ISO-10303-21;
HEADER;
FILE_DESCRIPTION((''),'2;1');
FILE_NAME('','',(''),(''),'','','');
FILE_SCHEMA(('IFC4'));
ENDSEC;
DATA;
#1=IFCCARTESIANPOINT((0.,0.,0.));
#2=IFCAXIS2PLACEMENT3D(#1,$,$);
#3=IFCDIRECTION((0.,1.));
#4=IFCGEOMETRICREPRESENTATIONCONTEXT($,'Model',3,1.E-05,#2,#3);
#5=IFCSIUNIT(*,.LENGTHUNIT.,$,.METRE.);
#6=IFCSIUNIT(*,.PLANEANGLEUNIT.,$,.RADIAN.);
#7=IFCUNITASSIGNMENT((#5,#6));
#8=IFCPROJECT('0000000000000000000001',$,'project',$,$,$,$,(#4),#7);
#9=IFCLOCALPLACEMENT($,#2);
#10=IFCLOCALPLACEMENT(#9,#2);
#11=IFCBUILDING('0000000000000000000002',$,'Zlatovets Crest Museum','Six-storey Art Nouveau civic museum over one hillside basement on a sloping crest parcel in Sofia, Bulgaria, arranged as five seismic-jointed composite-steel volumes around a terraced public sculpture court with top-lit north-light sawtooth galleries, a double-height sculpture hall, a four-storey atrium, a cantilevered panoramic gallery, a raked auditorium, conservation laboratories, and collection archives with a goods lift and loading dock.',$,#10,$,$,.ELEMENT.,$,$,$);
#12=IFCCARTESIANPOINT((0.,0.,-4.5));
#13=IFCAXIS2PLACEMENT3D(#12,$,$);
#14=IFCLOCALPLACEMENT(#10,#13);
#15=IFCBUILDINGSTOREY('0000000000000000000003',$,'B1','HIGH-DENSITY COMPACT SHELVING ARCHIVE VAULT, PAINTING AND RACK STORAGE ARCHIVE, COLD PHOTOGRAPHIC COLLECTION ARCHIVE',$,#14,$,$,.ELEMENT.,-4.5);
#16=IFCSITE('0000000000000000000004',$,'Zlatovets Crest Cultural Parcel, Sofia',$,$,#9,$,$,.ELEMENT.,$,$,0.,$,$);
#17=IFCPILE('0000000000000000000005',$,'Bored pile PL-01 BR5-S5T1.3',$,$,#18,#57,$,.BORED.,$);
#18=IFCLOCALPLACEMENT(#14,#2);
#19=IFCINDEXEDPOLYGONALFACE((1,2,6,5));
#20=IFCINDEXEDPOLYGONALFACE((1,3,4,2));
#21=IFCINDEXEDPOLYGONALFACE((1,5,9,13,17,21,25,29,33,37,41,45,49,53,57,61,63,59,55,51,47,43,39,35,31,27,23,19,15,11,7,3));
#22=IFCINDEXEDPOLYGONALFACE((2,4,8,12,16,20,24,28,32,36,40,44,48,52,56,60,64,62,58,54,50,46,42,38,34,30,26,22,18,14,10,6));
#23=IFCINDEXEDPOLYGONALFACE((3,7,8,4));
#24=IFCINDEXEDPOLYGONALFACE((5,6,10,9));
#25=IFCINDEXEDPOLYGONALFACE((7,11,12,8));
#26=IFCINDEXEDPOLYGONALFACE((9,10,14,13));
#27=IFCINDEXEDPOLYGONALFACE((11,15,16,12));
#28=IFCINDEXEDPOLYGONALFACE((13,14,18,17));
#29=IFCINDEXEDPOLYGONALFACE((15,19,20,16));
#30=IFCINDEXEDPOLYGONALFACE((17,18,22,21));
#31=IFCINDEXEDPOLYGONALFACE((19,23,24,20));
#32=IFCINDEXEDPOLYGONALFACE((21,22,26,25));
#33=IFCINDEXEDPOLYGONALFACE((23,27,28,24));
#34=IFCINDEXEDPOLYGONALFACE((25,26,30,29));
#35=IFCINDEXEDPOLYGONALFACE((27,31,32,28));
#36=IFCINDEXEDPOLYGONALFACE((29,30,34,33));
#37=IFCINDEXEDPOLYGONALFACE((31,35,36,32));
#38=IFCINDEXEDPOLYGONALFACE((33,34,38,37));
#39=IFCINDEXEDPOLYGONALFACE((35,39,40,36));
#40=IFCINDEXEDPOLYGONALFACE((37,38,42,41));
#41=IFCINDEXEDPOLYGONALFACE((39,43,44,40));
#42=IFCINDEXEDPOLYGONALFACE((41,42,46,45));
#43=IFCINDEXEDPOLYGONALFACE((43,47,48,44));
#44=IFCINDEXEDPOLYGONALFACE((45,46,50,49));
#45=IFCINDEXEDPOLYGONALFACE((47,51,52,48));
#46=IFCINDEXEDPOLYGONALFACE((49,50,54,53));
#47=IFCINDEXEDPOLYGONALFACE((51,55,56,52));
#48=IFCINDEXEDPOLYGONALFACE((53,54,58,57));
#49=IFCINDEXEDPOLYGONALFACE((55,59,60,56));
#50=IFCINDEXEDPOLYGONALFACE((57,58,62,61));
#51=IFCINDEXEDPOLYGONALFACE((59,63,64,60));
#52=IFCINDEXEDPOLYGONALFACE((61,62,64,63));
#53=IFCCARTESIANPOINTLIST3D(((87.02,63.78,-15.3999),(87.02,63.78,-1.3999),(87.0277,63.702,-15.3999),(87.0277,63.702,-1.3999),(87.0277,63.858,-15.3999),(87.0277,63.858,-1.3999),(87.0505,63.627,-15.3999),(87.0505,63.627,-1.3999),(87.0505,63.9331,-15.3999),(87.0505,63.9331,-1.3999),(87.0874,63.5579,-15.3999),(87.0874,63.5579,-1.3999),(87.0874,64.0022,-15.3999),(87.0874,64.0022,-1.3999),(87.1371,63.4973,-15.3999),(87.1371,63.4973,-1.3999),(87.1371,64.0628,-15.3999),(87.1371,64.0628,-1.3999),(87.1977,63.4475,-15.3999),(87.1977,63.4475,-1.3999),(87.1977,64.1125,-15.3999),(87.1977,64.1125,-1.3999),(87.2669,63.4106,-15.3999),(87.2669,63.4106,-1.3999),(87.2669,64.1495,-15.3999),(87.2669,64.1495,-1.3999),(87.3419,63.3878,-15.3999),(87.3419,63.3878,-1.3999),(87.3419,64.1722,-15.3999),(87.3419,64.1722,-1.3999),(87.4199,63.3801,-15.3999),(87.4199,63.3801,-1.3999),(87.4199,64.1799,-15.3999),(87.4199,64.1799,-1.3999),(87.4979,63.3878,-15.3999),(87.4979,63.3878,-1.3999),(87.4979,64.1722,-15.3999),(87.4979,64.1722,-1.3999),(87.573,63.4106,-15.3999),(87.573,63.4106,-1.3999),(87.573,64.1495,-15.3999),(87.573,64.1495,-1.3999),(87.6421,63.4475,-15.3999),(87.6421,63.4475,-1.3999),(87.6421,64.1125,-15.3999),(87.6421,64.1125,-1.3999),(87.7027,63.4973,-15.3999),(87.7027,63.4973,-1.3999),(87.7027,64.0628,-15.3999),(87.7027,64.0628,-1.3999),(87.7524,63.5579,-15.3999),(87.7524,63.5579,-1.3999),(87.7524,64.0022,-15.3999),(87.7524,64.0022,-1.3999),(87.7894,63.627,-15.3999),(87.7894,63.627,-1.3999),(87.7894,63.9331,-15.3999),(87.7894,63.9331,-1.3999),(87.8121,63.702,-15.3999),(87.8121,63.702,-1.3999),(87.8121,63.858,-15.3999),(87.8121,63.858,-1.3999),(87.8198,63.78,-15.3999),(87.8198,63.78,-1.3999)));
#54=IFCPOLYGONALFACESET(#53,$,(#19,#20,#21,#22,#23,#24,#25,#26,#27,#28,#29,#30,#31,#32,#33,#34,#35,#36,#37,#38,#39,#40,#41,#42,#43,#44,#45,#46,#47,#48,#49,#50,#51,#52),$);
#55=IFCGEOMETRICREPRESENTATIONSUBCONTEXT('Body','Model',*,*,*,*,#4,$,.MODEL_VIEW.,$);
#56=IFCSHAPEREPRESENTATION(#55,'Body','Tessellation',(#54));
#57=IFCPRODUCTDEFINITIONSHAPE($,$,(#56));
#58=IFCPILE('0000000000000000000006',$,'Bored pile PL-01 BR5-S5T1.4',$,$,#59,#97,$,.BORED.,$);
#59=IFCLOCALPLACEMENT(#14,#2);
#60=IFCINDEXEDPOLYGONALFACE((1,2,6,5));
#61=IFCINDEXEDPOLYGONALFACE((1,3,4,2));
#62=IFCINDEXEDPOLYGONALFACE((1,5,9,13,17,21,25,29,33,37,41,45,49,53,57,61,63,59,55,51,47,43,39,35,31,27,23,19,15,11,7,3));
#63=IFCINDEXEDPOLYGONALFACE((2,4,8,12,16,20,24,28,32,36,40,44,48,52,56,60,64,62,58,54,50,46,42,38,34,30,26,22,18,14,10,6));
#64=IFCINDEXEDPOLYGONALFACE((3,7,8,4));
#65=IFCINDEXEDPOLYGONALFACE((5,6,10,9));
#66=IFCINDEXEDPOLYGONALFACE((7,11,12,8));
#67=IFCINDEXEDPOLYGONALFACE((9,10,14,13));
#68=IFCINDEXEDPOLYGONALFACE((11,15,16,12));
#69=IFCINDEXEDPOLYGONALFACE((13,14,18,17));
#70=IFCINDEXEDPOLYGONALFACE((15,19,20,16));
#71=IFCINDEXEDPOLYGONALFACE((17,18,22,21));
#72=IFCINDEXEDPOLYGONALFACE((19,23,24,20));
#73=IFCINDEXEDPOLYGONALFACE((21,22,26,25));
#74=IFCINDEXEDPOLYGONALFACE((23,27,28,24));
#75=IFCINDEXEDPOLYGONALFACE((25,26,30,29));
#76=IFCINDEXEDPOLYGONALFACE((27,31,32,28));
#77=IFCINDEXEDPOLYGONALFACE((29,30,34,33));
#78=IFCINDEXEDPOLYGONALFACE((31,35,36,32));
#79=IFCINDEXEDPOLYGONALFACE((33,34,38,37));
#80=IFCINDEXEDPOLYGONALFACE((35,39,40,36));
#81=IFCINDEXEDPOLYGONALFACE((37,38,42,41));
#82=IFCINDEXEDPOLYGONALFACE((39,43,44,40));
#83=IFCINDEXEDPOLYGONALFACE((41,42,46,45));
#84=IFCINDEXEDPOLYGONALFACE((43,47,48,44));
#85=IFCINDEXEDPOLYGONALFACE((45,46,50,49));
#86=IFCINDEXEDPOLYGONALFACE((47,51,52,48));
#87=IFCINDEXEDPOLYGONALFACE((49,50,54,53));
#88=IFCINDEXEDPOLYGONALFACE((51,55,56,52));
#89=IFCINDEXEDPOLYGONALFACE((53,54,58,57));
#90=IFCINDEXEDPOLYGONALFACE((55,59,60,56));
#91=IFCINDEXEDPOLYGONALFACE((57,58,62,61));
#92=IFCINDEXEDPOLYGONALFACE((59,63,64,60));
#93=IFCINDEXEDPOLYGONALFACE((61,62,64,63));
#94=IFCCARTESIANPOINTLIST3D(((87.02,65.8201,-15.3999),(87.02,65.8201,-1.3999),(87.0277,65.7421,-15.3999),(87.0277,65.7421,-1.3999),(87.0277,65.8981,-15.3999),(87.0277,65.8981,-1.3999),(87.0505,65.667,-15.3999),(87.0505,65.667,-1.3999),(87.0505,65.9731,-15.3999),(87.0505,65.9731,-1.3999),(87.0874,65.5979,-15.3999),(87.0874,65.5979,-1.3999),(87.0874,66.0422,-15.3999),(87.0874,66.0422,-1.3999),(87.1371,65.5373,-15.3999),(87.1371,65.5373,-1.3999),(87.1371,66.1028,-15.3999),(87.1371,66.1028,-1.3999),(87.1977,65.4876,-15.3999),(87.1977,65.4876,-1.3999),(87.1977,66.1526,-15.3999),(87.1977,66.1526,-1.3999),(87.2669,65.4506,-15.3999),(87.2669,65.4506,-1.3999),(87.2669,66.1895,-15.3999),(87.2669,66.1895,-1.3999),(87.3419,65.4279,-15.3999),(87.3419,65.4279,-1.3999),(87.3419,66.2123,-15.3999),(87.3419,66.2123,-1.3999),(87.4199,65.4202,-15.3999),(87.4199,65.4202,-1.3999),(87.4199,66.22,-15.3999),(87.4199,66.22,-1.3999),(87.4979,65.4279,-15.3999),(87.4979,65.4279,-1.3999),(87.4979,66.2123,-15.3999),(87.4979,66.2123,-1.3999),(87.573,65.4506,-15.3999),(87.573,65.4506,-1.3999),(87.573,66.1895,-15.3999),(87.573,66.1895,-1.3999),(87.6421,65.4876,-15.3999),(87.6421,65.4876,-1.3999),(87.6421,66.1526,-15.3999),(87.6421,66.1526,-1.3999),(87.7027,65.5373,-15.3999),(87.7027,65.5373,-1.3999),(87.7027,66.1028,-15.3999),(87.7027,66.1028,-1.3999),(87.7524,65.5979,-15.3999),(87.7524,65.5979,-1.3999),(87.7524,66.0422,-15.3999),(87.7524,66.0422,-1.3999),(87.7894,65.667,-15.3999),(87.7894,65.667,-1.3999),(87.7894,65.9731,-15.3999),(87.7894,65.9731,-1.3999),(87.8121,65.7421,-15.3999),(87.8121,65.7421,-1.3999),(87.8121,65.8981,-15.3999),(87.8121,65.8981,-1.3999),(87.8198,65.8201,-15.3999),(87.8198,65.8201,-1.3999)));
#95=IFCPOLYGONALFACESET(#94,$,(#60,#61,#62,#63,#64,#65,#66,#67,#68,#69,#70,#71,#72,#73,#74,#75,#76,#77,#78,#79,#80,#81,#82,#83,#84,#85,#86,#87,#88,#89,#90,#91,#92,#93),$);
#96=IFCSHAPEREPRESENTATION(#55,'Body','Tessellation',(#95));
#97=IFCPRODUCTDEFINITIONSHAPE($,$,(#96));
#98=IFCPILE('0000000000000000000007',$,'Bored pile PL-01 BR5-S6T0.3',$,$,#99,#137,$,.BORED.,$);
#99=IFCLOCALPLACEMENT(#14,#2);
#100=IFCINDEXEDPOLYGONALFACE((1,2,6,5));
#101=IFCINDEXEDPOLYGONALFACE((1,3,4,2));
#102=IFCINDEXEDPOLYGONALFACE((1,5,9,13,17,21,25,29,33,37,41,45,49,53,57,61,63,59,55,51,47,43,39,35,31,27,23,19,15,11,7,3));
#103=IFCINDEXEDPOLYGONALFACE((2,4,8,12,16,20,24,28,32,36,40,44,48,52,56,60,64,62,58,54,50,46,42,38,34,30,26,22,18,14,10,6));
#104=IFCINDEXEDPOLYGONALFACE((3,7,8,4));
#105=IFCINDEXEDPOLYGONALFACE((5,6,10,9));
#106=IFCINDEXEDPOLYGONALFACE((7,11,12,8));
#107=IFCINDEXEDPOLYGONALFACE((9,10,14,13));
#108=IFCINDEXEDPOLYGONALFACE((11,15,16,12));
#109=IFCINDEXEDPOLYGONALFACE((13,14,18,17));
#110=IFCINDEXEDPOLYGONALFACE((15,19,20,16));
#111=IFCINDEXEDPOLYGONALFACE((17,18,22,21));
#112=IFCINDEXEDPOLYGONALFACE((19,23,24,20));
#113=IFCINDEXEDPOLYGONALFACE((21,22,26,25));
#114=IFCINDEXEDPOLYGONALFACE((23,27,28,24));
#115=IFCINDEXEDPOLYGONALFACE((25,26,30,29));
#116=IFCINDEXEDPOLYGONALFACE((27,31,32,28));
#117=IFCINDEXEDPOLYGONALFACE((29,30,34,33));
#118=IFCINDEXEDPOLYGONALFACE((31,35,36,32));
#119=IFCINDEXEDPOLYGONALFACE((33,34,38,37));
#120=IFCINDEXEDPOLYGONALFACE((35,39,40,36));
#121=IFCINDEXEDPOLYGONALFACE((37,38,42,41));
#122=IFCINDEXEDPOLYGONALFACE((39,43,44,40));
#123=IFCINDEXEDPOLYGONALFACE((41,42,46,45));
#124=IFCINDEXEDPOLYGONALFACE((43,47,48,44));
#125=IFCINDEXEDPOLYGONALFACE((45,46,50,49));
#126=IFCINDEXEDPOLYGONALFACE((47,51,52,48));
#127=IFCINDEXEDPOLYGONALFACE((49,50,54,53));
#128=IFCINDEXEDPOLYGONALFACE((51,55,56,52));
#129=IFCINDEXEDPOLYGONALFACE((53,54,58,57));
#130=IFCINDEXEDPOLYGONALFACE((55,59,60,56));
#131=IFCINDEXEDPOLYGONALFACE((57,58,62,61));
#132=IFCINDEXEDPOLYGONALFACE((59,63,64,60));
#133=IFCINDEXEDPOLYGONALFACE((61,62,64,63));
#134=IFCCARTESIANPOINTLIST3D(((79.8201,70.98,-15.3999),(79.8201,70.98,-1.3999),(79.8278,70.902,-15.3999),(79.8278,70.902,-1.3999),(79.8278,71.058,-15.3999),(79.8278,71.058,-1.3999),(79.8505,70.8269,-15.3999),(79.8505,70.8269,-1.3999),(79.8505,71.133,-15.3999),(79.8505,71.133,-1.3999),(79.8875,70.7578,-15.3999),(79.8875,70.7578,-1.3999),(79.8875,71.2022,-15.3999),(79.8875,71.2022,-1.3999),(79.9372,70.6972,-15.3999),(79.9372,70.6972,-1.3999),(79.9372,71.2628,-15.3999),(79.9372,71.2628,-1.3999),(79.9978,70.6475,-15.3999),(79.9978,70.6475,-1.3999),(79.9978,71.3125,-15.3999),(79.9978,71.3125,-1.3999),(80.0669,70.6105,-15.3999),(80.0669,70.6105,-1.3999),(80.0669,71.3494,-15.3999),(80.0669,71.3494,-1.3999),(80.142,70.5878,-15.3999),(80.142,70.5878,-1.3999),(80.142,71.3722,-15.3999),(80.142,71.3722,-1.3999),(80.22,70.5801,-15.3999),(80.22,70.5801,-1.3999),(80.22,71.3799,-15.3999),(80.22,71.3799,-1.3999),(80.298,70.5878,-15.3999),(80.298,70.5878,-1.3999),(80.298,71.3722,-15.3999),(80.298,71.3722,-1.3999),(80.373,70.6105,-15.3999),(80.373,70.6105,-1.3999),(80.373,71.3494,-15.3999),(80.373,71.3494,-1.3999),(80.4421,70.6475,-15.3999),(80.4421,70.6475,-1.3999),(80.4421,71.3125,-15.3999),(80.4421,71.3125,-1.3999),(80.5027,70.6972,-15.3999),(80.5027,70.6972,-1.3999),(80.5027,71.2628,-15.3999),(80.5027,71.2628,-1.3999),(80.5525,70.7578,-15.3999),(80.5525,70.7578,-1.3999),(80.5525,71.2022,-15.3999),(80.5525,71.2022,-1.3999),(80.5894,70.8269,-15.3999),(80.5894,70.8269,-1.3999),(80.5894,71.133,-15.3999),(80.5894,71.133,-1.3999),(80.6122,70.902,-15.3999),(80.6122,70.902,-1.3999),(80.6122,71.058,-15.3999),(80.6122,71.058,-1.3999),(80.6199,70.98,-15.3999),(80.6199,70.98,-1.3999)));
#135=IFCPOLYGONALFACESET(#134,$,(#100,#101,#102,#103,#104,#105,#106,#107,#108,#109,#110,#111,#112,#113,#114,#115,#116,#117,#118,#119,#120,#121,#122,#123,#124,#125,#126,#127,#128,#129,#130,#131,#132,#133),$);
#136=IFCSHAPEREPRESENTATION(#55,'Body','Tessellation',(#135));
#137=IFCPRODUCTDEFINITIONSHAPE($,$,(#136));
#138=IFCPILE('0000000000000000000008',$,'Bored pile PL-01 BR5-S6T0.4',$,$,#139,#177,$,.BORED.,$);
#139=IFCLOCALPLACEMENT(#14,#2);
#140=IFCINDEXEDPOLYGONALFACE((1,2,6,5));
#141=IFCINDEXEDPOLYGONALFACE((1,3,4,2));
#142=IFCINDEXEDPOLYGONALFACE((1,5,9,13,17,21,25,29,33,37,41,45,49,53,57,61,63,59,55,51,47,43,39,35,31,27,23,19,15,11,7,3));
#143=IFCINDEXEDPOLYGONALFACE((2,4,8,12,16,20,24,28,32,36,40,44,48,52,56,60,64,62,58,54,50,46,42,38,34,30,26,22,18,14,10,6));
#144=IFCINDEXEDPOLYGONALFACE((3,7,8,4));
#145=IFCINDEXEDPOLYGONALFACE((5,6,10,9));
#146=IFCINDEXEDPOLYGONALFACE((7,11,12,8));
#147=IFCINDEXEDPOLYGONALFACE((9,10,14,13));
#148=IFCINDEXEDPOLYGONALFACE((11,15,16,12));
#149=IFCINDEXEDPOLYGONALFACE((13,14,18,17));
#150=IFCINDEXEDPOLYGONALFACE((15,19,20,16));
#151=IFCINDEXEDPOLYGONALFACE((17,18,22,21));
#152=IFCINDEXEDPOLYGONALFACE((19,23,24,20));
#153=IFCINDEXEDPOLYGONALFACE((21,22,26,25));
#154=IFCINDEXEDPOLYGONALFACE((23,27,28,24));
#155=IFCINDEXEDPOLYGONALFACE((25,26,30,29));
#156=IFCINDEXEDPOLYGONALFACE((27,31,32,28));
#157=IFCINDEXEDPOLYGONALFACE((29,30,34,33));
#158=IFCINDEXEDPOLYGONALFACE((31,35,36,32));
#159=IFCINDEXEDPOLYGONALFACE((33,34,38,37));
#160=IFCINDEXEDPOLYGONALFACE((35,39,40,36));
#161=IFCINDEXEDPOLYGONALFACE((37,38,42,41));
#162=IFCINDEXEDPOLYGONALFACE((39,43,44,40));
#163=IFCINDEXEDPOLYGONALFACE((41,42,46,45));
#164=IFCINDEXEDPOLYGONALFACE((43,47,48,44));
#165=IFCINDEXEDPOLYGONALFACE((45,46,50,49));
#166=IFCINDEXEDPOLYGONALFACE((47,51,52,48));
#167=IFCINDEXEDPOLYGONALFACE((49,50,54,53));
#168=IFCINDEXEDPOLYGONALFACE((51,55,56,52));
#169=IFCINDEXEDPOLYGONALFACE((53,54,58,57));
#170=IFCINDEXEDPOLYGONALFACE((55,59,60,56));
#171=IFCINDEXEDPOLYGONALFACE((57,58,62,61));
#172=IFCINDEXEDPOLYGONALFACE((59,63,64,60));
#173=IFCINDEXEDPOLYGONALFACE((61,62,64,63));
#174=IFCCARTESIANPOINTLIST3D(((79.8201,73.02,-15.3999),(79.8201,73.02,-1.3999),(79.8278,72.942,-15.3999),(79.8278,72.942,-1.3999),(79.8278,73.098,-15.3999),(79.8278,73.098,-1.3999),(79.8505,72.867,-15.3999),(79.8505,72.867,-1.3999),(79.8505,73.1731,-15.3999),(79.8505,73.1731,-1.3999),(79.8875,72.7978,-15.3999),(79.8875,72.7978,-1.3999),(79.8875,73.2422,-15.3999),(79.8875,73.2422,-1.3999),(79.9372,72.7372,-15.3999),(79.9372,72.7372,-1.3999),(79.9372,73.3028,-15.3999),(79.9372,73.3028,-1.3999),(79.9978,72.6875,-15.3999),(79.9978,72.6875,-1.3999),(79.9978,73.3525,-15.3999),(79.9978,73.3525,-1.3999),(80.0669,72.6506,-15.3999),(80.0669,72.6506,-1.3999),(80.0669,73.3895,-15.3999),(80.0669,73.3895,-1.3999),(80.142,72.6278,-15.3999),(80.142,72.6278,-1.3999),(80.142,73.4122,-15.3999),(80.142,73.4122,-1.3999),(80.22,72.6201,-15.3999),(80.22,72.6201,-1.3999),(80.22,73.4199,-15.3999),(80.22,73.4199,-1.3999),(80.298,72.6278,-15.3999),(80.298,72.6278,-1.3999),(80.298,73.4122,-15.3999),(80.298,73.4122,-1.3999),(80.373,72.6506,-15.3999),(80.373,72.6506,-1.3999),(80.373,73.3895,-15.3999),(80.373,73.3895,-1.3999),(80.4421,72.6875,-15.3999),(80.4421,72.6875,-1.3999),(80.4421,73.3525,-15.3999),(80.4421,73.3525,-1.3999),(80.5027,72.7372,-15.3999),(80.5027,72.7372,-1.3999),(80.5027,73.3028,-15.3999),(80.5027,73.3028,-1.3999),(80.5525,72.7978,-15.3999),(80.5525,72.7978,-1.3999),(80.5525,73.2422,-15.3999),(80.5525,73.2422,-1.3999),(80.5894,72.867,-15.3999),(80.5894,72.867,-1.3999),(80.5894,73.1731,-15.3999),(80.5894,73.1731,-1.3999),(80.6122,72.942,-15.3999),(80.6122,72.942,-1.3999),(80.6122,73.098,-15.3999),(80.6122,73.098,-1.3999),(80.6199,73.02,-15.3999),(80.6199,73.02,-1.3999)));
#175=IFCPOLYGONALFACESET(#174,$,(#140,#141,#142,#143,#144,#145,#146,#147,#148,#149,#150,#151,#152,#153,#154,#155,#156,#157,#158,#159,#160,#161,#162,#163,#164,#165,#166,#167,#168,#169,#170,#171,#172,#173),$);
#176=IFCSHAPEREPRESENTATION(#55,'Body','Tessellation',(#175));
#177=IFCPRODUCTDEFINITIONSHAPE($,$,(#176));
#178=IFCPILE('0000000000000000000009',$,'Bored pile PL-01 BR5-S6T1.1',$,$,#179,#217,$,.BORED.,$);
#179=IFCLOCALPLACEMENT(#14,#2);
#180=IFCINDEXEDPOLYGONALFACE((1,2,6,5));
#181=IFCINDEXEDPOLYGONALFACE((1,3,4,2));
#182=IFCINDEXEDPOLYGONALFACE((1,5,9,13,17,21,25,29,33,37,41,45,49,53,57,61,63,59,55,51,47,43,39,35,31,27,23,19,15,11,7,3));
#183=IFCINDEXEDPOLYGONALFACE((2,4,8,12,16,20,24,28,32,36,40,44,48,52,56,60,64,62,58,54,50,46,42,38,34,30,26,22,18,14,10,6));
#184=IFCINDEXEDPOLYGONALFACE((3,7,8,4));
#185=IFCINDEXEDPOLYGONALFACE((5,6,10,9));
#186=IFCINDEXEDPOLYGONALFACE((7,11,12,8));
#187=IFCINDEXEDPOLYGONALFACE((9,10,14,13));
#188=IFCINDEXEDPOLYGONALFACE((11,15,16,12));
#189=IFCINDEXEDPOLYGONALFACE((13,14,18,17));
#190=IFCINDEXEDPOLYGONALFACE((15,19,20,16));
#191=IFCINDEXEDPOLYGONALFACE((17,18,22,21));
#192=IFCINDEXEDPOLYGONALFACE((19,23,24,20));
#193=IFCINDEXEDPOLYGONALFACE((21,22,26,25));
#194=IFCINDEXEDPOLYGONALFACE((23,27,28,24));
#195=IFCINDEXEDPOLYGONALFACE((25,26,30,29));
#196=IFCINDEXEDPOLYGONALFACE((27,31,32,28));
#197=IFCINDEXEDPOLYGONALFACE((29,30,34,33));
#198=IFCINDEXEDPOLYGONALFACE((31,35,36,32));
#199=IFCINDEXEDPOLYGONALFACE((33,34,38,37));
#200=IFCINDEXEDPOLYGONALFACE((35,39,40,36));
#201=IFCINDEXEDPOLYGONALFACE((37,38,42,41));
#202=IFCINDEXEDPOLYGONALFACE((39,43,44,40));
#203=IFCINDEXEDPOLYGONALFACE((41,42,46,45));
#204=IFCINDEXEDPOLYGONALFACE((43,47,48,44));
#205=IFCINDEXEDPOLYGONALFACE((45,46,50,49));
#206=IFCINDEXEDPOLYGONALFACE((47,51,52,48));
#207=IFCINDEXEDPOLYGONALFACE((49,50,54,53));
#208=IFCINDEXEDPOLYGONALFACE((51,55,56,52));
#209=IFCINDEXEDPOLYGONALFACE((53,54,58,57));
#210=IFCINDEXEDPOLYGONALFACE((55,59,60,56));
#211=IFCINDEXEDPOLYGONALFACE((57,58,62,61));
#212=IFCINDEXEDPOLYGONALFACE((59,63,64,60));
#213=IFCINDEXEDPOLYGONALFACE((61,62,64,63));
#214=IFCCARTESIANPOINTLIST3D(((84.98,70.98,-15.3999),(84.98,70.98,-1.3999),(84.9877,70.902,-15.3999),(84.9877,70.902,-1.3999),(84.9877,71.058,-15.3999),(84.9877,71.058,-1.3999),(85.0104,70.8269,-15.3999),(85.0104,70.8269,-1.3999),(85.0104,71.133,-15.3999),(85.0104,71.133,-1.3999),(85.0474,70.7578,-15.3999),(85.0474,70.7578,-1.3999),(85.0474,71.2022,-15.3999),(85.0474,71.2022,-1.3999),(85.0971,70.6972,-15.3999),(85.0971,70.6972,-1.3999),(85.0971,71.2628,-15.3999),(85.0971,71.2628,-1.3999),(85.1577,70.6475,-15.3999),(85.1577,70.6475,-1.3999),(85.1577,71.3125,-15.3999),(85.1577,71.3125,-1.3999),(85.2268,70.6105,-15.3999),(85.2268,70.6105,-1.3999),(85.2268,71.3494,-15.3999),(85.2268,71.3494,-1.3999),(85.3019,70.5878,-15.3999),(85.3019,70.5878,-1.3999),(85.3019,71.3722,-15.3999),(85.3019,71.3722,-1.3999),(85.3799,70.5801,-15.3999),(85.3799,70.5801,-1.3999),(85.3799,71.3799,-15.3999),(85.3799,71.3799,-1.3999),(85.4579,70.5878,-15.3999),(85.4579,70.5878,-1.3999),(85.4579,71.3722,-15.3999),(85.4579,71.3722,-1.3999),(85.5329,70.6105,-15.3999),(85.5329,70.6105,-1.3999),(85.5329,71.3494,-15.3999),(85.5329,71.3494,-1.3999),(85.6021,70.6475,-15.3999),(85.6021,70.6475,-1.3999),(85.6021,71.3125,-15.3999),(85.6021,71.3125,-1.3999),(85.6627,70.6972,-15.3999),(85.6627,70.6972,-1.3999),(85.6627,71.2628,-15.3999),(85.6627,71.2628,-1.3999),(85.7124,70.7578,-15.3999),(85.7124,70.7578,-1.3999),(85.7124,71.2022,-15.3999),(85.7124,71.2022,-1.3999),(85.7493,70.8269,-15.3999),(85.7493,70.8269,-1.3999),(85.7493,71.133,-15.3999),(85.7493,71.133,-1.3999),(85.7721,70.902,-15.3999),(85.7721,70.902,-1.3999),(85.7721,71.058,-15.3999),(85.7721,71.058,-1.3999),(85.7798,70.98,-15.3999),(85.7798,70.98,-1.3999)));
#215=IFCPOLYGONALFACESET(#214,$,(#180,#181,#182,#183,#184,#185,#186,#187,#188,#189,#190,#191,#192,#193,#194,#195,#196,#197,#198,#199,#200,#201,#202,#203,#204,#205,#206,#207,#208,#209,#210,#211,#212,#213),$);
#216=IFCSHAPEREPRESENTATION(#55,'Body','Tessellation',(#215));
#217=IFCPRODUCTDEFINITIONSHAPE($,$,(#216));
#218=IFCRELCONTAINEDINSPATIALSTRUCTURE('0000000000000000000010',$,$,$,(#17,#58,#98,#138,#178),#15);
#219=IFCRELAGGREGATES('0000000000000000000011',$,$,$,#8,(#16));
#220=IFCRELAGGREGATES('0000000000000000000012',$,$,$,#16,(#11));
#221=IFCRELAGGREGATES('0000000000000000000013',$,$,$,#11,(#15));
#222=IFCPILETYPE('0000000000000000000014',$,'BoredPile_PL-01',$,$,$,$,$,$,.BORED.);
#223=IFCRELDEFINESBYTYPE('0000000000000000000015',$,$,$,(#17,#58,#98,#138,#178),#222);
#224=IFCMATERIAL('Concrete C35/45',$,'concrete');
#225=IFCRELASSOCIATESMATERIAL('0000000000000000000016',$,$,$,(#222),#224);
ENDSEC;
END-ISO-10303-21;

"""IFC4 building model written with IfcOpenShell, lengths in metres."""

from ifc_helpers import new_model, si_unit, direction, frame, origin, origin_2d, place, context, subcontext, project, spatial, circle, extrude, material, material_profile, profile_set, type_object, element, save


model = new_model("IFC4")

# Units and contexts
model_context = context("Model", 3, precision=1e-05, world=origin(), true_north=direction((0.0, 1.0)))
body_context = subcontext(model_context, "Body", "Model", "MODEL_VIEW")
ifc_project = project(units=[si_unit("LENGTHUNIT", "METRE"), si_unit("PLANEANGLEUNIT", "RADIAN")], contexts=[model_context])

# Site, building, storey
site_placement = place(None, origin())
site = spatial("IfcSite", under=ifc_project, at=site_placement, Name="Zlatovets Crest Cultural Parcel, Sofia", CompositionType="ELEMENT", RefElevation=0.0)
building_placement = place(site_placement, origin())
building = spatial("IfcBuilding", under=site, at=building_placement, Name="Zlatovets Crest Museum", Description="Six-storey Art Nouveau civic museum over one hillside basement on a sloping crest parcel in Sofia, Bulgaria, arranged as five seismic-jointed composite-steel volumes around a terraced public sculpture court with top-lit north-light sawtooth galleries, a double-height sculpture hall, a four-storey atrium, a cantilevered panoramic gallery, a raked auditorium, conservation laboratories, and collection archives with a goods lift and loading dock.", CompositionType="ELEMENT")
storey_placement = place(building_placement, frame((0.0, 0.0, -4.5)))
storey = spatial("IfcBuildingStorey", under=building, at=storey_placement, Name="B1", Description="HIGH-DENSITY COMPACT SHELVING ARCHIVE VAULT, PAINTING AND RACK STORAGE ARCHIVE, COLD PHOTOGRAPHIC COLLECTION ARCHIVE", CompositionType="ELEMENT", Elevation=-4.5)

# Piles
ifc_material_1 = material(Name="Concrete C35/45", Category="concrete")
ifc_material_profile_1 = material_profile(ifc_material_1, circle(Radius=0.3999, at=origin_2d()), Name="PILE D800")
ifc_profile_set_1 = profile_set([ifc_material_profile_1], Name="Concrete C35/45")
pile_type = type_object("IfcPileType", Name="BoredPile_PL-01", PredefinedType="BORED", material=ifc_profile_set_1)
for number, where, z_axis, x_axis, name in (
    (1, (87.4199, 63.78, -1.3999), (0.0, 0.0, -1.0), (1.0, 0.0, 0.0), "Bored pile PL-01 BR5-S5T1.3"),
    (2, (87.4199, 65.8201, -1.3999), (0.0, 0.0, -1.0), (1.0, 0.0, 0.0), "Bored pile PL-01 BR5-S5T1.4"),
    (3, (80.22, 70.98, -1.3999), (0.0, 0.0, -1.0), (1.0, 0.0, 0.0), "Bored pile PL-01 BR5-S6T0.3"),
    (4, (80.22, 73.02, -1.3999), (0.0, 0.0, -1.0), (1.0, 0.0, 0.0), "Bored pile PL-01 BR5-S6T0.4"),
    (5, (85.3799, 70.98, -1.3999), (0.0, 0.0, -1.0), (1.0, 0.0, 0.0), "Bored pile PL-01 BR5-S6T1.1"),
):
    element("IfcPile", number, at=place(storey_placement, frame(where, z_axis=z_axis, x_axis=x_axis)), inside=storey, type_object=pile_type, Name=name, PredefinedType="BORED", context=body_context, shape_type="SweptSolid", body=[
        extrude(circle(Radius=0.3999, at=origin_2d()), origin(), (0.0, 0.0, 1.0), 14.0),
    ])

save(model, "model.ifc")
